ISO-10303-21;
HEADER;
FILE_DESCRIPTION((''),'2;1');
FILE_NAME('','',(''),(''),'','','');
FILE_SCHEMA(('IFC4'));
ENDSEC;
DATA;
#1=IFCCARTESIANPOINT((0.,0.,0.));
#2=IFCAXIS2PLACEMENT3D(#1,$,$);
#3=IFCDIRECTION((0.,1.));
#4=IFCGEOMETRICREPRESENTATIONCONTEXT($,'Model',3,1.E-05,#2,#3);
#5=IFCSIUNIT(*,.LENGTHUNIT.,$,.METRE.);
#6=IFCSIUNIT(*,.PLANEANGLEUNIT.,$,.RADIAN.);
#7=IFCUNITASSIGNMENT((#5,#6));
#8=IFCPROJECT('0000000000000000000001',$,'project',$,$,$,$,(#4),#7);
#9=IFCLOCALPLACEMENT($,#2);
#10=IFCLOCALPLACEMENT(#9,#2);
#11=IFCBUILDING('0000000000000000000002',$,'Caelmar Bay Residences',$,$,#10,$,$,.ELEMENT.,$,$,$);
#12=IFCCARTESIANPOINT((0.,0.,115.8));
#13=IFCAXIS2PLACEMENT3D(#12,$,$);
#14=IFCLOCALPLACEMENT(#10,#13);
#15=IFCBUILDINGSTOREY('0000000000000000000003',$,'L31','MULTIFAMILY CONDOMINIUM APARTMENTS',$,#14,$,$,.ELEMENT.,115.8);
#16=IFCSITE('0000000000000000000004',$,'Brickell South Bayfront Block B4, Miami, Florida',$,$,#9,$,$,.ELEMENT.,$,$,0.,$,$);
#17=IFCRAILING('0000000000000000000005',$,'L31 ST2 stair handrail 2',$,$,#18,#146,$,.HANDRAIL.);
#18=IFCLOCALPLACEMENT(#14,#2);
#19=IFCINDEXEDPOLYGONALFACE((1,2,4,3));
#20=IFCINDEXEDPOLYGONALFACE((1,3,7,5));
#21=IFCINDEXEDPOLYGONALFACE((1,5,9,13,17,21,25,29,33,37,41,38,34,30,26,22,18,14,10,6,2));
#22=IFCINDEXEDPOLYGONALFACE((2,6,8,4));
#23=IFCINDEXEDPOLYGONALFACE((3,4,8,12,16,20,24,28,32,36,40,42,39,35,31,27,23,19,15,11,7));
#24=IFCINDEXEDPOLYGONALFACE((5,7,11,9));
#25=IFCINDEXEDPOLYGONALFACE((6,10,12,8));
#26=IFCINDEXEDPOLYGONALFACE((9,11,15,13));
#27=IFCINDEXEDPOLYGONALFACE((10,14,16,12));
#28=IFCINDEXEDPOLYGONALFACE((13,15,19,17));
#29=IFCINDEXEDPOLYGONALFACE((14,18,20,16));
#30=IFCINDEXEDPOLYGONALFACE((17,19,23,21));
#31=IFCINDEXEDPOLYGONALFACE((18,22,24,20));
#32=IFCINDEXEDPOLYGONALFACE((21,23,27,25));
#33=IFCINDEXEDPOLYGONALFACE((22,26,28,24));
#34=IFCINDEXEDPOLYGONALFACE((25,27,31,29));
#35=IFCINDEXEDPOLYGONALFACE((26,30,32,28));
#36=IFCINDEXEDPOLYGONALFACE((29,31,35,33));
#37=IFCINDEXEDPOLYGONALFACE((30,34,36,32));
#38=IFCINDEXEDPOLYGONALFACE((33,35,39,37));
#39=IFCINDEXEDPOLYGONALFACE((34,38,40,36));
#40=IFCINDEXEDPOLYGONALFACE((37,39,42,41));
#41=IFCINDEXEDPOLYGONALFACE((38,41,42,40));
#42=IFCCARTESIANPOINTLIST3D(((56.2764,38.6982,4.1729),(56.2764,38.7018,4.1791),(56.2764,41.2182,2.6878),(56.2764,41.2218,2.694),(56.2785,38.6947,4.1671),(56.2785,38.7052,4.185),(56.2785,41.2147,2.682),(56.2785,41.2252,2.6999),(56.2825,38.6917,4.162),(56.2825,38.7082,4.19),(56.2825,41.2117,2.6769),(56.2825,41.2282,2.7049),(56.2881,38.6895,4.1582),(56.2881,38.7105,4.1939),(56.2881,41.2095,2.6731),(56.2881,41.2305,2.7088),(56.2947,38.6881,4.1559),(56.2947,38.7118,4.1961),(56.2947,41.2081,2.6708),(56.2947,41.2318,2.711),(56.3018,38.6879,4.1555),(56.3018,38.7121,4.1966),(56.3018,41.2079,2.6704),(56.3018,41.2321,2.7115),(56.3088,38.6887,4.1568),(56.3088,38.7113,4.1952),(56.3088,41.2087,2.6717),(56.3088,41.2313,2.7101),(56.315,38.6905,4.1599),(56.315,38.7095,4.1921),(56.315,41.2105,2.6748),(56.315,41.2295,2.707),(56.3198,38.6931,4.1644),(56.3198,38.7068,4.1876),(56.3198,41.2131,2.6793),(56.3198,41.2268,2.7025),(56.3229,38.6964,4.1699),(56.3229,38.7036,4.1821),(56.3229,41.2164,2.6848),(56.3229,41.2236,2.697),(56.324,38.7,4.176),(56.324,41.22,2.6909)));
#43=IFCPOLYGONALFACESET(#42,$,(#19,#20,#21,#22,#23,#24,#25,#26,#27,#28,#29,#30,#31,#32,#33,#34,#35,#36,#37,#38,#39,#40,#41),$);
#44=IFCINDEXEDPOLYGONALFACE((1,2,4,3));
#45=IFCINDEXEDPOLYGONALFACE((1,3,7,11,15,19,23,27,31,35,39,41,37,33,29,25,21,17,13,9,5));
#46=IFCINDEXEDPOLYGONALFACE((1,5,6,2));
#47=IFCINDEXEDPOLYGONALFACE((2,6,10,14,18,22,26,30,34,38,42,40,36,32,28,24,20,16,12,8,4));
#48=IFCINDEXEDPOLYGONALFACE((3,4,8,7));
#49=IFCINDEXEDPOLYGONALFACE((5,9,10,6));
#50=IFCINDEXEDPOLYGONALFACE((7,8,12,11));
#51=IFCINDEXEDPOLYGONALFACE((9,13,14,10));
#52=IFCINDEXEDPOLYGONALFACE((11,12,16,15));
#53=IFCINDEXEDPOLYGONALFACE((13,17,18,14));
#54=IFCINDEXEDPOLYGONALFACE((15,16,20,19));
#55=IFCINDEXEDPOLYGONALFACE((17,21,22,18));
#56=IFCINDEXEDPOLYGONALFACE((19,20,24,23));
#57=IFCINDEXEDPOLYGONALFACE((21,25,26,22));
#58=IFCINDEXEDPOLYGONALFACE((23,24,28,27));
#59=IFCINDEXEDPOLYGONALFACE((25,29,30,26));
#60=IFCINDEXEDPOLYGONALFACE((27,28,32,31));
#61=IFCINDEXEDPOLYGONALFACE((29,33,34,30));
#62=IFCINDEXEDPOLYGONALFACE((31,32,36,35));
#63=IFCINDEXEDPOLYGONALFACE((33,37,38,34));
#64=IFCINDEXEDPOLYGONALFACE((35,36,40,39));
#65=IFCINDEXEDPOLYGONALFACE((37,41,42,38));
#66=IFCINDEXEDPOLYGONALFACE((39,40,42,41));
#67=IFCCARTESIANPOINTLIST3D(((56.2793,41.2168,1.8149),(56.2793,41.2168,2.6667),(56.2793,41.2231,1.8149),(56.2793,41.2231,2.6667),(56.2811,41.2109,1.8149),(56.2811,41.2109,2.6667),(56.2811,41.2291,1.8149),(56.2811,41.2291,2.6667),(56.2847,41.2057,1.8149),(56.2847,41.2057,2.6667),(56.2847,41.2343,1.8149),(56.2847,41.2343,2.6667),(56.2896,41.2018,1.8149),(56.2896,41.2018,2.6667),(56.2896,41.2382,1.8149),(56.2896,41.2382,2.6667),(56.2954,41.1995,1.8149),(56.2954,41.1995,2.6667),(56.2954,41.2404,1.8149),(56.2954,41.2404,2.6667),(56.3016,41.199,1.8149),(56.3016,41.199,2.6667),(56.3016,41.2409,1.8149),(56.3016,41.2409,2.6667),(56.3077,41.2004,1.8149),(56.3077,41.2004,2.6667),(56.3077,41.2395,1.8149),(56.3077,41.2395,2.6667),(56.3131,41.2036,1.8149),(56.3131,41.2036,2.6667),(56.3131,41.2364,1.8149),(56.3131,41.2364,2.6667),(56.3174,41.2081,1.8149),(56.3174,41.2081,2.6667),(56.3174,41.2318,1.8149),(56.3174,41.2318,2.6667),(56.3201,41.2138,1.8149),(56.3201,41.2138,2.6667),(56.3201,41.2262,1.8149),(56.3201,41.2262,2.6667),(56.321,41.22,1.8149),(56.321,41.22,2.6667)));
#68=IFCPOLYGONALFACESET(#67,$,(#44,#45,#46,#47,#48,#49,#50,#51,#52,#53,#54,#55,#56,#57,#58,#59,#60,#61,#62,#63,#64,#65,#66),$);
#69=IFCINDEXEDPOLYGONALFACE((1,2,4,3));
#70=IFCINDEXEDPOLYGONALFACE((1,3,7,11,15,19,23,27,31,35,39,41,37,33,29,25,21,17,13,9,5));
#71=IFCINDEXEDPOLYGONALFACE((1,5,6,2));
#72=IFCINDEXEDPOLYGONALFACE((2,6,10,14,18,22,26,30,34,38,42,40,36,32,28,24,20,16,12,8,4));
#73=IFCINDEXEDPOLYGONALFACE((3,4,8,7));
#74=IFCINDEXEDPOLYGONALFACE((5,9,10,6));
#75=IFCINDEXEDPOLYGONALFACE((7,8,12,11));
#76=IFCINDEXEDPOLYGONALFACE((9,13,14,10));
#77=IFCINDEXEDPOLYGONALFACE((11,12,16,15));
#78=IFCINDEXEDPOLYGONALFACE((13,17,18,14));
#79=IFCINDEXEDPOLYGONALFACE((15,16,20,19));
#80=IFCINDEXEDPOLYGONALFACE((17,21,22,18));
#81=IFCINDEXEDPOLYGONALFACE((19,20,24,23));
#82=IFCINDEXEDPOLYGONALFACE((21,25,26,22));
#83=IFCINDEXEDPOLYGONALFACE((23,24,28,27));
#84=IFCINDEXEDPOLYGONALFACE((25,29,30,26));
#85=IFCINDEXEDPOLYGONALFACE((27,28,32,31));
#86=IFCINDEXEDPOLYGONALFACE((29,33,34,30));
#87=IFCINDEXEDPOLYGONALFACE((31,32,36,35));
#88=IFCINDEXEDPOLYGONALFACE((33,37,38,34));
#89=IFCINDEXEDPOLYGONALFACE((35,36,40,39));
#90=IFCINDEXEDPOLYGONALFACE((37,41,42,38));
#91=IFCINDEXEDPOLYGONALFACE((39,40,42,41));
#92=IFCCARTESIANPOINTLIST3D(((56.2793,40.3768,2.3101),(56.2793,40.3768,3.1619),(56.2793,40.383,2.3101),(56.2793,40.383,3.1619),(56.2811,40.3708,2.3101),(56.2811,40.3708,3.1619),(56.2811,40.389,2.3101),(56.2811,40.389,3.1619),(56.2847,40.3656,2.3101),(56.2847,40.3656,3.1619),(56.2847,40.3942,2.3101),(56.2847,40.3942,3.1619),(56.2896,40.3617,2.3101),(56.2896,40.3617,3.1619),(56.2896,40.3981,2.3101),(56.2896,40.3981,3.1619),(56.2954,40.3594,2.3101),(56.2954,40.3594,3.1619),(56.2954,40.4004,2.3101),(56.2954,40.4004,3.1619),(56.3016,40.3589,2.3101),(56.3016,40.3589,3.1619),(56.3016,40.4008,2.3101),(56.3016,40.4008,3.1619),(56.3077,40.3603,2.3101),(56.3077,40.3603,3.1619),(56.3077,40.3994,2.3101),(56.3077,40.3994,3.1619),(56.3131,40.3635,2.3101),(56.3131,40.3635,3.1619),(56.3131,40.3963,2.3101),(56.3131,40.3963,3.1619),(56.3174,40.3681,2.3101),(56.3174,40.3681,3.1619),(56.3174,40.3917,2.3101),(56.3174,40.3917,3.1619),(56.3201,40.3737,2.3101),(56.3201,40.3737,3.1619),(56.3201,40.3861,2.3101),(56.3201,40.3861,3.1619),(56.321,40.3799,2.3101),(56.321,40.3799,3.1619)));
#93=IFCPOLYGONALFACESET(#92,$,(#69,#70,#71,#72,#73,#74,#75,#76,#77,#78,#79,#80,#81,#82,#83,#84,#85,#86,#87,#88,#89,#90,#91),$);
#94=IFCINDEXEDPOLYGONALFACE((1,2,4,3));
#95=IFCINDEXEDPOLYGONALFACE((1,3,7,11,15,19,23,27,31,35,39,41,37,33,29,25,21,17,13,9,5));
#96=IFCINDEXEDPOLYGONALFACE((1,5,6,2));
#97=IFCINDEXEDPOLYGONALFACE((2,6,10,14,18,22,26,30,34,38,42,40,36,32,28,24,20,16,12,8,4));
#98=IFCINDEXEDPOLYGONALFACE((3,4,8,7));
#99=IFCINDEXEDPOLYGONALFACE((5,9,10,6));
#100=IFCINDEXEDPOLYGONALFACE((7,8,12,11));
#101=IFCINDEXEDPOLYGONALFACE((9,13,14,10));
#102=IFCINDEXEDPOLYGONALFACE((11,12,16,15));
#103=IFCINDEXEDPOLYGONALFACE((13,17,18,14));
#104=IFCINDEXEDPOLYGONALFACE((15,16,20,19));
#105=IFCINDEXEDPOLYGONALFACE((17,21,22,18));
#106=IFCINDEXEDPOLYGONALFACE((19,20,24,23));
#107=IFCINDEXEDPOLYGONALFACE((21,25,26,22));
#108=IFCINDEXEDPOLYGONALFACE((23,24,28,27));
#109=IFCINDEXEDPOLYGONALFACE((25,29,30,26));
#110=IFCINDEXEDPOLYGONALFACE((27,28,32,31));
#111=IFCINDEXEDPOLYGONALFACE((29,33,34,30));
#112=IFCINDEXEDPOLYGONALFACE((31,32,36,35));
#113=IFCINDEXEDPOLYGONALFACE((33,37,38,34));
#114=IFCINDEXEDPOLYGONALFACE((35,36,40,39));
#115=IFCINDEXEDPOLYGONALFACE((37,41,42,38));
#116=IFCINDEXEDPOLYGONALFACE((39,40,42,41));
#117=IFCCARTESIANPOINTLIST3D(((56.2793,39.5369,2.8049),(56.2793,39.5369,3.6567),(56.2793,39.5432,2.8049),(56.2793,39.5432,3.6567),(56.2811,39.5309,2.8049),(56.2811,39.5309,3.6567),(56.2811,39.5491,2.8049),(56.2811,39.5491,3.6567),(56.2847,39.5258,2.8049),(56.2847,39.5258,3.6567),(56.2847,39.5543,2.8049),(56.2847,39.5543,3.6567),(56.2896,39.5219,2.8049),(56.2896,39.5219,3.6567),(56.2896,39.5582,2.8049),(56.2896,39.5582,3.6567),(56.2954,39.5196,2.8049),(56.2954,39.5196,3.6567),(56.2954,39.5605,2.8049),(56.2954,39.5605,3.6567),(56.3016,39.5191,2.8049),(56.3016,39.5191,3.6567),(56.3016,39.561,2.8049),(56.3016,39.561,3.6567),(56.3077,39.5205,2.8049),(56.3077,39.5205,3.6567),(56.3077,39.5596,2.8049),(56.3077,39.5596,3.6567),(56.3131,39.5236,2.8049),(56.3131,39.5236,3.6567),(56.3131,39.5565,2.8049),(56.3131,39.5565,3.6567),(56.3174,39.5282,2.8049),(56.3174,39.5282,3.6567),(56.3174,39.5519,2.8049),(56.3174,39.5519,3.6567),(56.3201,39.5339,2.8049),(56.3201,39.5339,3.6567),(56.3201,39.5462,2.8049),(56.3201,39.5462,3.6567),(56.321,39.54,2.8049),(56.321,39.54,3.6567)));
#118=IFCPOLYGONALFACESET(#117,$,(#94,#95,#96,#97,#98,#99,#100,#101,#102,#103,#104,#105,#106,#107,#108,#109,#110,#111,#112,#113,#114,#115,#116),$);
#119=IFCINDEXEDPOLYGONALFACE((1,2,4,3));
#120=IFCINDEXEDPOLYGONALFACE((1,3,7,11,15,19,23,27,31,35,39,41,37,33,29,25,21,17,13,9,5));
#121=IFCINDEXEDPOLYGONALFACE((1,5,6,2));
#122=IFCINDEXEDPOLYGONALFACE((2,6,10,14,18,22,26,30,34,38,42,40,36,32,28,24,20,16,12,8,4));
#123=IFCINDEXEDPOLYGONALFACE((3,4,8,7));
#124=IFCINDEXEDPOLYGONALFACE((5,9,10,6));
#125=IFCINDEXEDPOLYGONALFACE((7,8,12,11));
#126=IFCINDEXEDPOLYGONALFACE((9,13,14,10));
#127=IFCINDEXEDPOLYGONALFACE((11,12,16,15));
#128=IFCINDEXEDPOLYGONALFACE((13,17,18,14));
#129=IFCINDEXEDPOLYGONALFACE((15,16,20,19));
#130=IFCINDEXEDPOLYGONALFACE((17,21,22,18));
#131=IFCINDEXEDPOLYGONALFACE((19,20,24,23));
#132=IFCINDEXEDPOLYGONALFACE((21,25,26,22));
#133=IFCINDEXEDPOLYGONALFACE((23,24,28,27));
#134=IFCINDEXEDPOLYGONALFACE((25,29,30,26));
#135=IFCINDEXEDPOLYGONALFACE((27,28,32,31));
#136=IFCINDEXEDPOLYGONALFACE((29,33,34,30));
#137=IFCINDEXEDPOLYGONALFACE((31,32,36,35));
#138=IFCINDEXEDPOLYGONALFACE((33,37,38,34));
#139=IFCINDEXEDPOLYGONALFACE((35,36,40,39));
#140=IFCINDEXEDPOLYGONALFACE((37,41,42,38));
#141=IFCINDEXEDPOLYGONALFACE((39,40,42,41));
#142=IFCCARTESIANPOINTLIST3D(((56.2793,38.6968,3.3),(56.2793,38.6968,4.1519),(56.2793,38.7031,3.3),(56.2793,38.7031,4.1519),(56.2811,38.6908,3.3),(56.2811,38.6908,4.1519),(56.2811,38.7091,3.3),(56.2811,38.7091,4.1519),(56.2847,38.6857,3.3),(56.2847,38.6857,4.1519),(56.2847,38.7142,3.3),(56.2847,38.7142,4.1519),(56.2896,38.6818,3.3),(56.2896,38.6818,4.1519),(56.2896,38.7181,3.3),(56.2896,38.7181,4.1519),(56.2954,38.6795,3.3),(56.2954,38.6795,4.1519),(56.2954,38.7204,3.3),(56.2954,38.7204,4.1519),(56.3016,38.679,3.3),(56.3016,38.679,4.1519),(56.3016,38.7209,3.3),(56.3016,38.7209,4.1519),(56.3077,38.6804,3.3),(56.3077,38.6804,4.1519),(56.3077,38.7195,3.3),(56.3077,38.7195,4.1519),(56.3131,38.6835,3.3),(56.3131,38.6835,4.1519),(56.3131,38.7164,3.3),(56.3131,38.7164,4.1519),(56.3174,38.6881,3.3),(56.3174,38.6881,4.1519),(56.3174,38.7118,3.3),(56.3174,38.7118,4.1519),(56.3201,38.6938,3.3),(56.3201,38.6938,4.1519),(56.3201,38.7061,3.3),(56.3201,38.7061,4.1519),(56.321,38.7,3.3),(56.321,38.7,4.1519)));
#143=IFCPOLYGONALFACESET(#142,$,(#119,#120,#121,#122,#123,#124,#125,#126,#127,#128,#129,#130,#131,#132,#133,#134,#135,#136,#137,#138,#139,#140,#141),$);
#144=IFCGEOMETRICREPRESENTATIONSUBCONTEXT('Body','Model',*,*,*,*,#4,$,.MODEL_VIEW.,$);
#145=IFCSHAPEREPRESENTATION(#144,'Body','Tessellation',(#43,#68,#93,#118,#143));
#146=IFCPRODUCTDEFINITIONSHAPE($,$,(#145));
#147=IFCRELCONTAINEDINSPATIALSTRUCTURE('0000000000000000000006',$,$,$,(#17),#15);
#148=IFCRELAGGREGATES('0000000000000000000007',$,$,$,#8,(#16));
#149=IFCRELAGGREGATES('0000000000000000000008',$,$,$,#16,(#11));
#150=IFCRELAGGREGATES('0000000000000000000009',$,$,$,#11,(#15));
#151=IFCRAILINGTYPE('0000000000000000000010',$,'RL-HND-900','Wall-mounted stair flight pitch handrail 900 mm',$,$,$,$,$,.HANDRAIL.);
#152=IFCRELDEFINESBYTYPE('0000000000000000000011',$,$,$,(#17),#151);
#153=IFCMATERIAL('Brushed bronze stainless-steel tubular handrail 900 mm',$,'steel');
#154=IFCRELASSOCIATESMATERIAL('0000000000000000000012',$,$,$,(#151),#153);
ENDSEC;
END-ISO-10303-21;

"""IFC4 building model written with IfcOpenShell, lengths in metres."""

from ifc_helpers import new_model, si_unit, direction, frame, origin, origin_2d, place, context, subcontext, project, spatial, circle, extrude, material, type_object, element, save


model = new_model("IFC4")

# Units and contexts
model_context = context("Model", 3, precision=1e-05, world=origin(), true_north=direction((0.0, 1.0)))
body_context = subcontext(model_context, "Body", "Model", "MODEL_VIEW")
ifc_project = project(units=[si_unit("LENGTHUNIT", "METRE"), si_unit("PLANEANGLEUNIT", "RADIAN")], contexts=[model_context])

# Site, building, storey
site_placement = place(None, origin())
site = spatial("IfcSite", under=ifc_project, at=site_placement, Name="Brickell South Bayfront Block B4, Miami, Florida", CompositionType="ELEMENT", RefElevation=0.0)
building_placement = place(site_placement, origin())
building = spatial("IfcBuilding", under=site, at=building_placement, Name="Caelmar Bay Residences", CompositionType="ELEMENT")
storey_placement = place(building_placement, frame((0.0, 0.0, 115.8)))
storey = spatial("IfcBuildingStorey", under=building, at=storey_placement, Name="L31", Description="MULTIFAMILY CONDOMINIUM APARTMENTS", CompositionType="ELEMENT", Elevation=115.8)

# Railing
ifc_material_1 = material(Name="Brushed bronze stainless-steel tubular handrail 900 mm", Category="steel")
railing_type = type_object("IfcRailingType", Name="RL-HND-900", Description="Wall-mounted stair flight pitch handrail 900 mm", PredefinedType="HANDRAIL", material=ifc_material_1)
railing_placement = place(storey_placement, frame((56.3, 41.22, 1.8149)))
element("IfcRailing", 1, at=railing_placement, inside=storey, type_object=railing_type, Name="L31 ST2 stair handrail 2", PredefinedType="HANDRAIL", context=body_context, shape_type="SweptSolid", body=[
    extrude(circle(Radius=0.0239, at=origin_2d()), frame((0.0, 0.0, 0.876), z_axis=(0.0, -0.861524, 0.507717), x_axis=(1.0, 0.0, 0.0)), (0.0, 0.0, 1.0), 2.925),
    extrude(circle(Radius=0.021, at=origin_2d()), origin(), (0.0, 0.0, 1.0), 0.8518),
    extrude(circle(Radius=0.021, at=origin_2d()), frame((0.0, -0.8401, 0.4951)), (0.0, 0.0, 1.0), 0.8518),
    extrude(circle(Radius=0.021, at=origin_2d()), frame((0.0, -1.6799, 0.99)), (0.0, 0.0, 1.0), 0.8518),
    extrude(circle(Radius=0.021, at=origin_2d()), frame((0.0, -2.52, 1.4851)), (0.0, 0.0, 1.0), 0.8518),
])

save(model, "model.ifc")
